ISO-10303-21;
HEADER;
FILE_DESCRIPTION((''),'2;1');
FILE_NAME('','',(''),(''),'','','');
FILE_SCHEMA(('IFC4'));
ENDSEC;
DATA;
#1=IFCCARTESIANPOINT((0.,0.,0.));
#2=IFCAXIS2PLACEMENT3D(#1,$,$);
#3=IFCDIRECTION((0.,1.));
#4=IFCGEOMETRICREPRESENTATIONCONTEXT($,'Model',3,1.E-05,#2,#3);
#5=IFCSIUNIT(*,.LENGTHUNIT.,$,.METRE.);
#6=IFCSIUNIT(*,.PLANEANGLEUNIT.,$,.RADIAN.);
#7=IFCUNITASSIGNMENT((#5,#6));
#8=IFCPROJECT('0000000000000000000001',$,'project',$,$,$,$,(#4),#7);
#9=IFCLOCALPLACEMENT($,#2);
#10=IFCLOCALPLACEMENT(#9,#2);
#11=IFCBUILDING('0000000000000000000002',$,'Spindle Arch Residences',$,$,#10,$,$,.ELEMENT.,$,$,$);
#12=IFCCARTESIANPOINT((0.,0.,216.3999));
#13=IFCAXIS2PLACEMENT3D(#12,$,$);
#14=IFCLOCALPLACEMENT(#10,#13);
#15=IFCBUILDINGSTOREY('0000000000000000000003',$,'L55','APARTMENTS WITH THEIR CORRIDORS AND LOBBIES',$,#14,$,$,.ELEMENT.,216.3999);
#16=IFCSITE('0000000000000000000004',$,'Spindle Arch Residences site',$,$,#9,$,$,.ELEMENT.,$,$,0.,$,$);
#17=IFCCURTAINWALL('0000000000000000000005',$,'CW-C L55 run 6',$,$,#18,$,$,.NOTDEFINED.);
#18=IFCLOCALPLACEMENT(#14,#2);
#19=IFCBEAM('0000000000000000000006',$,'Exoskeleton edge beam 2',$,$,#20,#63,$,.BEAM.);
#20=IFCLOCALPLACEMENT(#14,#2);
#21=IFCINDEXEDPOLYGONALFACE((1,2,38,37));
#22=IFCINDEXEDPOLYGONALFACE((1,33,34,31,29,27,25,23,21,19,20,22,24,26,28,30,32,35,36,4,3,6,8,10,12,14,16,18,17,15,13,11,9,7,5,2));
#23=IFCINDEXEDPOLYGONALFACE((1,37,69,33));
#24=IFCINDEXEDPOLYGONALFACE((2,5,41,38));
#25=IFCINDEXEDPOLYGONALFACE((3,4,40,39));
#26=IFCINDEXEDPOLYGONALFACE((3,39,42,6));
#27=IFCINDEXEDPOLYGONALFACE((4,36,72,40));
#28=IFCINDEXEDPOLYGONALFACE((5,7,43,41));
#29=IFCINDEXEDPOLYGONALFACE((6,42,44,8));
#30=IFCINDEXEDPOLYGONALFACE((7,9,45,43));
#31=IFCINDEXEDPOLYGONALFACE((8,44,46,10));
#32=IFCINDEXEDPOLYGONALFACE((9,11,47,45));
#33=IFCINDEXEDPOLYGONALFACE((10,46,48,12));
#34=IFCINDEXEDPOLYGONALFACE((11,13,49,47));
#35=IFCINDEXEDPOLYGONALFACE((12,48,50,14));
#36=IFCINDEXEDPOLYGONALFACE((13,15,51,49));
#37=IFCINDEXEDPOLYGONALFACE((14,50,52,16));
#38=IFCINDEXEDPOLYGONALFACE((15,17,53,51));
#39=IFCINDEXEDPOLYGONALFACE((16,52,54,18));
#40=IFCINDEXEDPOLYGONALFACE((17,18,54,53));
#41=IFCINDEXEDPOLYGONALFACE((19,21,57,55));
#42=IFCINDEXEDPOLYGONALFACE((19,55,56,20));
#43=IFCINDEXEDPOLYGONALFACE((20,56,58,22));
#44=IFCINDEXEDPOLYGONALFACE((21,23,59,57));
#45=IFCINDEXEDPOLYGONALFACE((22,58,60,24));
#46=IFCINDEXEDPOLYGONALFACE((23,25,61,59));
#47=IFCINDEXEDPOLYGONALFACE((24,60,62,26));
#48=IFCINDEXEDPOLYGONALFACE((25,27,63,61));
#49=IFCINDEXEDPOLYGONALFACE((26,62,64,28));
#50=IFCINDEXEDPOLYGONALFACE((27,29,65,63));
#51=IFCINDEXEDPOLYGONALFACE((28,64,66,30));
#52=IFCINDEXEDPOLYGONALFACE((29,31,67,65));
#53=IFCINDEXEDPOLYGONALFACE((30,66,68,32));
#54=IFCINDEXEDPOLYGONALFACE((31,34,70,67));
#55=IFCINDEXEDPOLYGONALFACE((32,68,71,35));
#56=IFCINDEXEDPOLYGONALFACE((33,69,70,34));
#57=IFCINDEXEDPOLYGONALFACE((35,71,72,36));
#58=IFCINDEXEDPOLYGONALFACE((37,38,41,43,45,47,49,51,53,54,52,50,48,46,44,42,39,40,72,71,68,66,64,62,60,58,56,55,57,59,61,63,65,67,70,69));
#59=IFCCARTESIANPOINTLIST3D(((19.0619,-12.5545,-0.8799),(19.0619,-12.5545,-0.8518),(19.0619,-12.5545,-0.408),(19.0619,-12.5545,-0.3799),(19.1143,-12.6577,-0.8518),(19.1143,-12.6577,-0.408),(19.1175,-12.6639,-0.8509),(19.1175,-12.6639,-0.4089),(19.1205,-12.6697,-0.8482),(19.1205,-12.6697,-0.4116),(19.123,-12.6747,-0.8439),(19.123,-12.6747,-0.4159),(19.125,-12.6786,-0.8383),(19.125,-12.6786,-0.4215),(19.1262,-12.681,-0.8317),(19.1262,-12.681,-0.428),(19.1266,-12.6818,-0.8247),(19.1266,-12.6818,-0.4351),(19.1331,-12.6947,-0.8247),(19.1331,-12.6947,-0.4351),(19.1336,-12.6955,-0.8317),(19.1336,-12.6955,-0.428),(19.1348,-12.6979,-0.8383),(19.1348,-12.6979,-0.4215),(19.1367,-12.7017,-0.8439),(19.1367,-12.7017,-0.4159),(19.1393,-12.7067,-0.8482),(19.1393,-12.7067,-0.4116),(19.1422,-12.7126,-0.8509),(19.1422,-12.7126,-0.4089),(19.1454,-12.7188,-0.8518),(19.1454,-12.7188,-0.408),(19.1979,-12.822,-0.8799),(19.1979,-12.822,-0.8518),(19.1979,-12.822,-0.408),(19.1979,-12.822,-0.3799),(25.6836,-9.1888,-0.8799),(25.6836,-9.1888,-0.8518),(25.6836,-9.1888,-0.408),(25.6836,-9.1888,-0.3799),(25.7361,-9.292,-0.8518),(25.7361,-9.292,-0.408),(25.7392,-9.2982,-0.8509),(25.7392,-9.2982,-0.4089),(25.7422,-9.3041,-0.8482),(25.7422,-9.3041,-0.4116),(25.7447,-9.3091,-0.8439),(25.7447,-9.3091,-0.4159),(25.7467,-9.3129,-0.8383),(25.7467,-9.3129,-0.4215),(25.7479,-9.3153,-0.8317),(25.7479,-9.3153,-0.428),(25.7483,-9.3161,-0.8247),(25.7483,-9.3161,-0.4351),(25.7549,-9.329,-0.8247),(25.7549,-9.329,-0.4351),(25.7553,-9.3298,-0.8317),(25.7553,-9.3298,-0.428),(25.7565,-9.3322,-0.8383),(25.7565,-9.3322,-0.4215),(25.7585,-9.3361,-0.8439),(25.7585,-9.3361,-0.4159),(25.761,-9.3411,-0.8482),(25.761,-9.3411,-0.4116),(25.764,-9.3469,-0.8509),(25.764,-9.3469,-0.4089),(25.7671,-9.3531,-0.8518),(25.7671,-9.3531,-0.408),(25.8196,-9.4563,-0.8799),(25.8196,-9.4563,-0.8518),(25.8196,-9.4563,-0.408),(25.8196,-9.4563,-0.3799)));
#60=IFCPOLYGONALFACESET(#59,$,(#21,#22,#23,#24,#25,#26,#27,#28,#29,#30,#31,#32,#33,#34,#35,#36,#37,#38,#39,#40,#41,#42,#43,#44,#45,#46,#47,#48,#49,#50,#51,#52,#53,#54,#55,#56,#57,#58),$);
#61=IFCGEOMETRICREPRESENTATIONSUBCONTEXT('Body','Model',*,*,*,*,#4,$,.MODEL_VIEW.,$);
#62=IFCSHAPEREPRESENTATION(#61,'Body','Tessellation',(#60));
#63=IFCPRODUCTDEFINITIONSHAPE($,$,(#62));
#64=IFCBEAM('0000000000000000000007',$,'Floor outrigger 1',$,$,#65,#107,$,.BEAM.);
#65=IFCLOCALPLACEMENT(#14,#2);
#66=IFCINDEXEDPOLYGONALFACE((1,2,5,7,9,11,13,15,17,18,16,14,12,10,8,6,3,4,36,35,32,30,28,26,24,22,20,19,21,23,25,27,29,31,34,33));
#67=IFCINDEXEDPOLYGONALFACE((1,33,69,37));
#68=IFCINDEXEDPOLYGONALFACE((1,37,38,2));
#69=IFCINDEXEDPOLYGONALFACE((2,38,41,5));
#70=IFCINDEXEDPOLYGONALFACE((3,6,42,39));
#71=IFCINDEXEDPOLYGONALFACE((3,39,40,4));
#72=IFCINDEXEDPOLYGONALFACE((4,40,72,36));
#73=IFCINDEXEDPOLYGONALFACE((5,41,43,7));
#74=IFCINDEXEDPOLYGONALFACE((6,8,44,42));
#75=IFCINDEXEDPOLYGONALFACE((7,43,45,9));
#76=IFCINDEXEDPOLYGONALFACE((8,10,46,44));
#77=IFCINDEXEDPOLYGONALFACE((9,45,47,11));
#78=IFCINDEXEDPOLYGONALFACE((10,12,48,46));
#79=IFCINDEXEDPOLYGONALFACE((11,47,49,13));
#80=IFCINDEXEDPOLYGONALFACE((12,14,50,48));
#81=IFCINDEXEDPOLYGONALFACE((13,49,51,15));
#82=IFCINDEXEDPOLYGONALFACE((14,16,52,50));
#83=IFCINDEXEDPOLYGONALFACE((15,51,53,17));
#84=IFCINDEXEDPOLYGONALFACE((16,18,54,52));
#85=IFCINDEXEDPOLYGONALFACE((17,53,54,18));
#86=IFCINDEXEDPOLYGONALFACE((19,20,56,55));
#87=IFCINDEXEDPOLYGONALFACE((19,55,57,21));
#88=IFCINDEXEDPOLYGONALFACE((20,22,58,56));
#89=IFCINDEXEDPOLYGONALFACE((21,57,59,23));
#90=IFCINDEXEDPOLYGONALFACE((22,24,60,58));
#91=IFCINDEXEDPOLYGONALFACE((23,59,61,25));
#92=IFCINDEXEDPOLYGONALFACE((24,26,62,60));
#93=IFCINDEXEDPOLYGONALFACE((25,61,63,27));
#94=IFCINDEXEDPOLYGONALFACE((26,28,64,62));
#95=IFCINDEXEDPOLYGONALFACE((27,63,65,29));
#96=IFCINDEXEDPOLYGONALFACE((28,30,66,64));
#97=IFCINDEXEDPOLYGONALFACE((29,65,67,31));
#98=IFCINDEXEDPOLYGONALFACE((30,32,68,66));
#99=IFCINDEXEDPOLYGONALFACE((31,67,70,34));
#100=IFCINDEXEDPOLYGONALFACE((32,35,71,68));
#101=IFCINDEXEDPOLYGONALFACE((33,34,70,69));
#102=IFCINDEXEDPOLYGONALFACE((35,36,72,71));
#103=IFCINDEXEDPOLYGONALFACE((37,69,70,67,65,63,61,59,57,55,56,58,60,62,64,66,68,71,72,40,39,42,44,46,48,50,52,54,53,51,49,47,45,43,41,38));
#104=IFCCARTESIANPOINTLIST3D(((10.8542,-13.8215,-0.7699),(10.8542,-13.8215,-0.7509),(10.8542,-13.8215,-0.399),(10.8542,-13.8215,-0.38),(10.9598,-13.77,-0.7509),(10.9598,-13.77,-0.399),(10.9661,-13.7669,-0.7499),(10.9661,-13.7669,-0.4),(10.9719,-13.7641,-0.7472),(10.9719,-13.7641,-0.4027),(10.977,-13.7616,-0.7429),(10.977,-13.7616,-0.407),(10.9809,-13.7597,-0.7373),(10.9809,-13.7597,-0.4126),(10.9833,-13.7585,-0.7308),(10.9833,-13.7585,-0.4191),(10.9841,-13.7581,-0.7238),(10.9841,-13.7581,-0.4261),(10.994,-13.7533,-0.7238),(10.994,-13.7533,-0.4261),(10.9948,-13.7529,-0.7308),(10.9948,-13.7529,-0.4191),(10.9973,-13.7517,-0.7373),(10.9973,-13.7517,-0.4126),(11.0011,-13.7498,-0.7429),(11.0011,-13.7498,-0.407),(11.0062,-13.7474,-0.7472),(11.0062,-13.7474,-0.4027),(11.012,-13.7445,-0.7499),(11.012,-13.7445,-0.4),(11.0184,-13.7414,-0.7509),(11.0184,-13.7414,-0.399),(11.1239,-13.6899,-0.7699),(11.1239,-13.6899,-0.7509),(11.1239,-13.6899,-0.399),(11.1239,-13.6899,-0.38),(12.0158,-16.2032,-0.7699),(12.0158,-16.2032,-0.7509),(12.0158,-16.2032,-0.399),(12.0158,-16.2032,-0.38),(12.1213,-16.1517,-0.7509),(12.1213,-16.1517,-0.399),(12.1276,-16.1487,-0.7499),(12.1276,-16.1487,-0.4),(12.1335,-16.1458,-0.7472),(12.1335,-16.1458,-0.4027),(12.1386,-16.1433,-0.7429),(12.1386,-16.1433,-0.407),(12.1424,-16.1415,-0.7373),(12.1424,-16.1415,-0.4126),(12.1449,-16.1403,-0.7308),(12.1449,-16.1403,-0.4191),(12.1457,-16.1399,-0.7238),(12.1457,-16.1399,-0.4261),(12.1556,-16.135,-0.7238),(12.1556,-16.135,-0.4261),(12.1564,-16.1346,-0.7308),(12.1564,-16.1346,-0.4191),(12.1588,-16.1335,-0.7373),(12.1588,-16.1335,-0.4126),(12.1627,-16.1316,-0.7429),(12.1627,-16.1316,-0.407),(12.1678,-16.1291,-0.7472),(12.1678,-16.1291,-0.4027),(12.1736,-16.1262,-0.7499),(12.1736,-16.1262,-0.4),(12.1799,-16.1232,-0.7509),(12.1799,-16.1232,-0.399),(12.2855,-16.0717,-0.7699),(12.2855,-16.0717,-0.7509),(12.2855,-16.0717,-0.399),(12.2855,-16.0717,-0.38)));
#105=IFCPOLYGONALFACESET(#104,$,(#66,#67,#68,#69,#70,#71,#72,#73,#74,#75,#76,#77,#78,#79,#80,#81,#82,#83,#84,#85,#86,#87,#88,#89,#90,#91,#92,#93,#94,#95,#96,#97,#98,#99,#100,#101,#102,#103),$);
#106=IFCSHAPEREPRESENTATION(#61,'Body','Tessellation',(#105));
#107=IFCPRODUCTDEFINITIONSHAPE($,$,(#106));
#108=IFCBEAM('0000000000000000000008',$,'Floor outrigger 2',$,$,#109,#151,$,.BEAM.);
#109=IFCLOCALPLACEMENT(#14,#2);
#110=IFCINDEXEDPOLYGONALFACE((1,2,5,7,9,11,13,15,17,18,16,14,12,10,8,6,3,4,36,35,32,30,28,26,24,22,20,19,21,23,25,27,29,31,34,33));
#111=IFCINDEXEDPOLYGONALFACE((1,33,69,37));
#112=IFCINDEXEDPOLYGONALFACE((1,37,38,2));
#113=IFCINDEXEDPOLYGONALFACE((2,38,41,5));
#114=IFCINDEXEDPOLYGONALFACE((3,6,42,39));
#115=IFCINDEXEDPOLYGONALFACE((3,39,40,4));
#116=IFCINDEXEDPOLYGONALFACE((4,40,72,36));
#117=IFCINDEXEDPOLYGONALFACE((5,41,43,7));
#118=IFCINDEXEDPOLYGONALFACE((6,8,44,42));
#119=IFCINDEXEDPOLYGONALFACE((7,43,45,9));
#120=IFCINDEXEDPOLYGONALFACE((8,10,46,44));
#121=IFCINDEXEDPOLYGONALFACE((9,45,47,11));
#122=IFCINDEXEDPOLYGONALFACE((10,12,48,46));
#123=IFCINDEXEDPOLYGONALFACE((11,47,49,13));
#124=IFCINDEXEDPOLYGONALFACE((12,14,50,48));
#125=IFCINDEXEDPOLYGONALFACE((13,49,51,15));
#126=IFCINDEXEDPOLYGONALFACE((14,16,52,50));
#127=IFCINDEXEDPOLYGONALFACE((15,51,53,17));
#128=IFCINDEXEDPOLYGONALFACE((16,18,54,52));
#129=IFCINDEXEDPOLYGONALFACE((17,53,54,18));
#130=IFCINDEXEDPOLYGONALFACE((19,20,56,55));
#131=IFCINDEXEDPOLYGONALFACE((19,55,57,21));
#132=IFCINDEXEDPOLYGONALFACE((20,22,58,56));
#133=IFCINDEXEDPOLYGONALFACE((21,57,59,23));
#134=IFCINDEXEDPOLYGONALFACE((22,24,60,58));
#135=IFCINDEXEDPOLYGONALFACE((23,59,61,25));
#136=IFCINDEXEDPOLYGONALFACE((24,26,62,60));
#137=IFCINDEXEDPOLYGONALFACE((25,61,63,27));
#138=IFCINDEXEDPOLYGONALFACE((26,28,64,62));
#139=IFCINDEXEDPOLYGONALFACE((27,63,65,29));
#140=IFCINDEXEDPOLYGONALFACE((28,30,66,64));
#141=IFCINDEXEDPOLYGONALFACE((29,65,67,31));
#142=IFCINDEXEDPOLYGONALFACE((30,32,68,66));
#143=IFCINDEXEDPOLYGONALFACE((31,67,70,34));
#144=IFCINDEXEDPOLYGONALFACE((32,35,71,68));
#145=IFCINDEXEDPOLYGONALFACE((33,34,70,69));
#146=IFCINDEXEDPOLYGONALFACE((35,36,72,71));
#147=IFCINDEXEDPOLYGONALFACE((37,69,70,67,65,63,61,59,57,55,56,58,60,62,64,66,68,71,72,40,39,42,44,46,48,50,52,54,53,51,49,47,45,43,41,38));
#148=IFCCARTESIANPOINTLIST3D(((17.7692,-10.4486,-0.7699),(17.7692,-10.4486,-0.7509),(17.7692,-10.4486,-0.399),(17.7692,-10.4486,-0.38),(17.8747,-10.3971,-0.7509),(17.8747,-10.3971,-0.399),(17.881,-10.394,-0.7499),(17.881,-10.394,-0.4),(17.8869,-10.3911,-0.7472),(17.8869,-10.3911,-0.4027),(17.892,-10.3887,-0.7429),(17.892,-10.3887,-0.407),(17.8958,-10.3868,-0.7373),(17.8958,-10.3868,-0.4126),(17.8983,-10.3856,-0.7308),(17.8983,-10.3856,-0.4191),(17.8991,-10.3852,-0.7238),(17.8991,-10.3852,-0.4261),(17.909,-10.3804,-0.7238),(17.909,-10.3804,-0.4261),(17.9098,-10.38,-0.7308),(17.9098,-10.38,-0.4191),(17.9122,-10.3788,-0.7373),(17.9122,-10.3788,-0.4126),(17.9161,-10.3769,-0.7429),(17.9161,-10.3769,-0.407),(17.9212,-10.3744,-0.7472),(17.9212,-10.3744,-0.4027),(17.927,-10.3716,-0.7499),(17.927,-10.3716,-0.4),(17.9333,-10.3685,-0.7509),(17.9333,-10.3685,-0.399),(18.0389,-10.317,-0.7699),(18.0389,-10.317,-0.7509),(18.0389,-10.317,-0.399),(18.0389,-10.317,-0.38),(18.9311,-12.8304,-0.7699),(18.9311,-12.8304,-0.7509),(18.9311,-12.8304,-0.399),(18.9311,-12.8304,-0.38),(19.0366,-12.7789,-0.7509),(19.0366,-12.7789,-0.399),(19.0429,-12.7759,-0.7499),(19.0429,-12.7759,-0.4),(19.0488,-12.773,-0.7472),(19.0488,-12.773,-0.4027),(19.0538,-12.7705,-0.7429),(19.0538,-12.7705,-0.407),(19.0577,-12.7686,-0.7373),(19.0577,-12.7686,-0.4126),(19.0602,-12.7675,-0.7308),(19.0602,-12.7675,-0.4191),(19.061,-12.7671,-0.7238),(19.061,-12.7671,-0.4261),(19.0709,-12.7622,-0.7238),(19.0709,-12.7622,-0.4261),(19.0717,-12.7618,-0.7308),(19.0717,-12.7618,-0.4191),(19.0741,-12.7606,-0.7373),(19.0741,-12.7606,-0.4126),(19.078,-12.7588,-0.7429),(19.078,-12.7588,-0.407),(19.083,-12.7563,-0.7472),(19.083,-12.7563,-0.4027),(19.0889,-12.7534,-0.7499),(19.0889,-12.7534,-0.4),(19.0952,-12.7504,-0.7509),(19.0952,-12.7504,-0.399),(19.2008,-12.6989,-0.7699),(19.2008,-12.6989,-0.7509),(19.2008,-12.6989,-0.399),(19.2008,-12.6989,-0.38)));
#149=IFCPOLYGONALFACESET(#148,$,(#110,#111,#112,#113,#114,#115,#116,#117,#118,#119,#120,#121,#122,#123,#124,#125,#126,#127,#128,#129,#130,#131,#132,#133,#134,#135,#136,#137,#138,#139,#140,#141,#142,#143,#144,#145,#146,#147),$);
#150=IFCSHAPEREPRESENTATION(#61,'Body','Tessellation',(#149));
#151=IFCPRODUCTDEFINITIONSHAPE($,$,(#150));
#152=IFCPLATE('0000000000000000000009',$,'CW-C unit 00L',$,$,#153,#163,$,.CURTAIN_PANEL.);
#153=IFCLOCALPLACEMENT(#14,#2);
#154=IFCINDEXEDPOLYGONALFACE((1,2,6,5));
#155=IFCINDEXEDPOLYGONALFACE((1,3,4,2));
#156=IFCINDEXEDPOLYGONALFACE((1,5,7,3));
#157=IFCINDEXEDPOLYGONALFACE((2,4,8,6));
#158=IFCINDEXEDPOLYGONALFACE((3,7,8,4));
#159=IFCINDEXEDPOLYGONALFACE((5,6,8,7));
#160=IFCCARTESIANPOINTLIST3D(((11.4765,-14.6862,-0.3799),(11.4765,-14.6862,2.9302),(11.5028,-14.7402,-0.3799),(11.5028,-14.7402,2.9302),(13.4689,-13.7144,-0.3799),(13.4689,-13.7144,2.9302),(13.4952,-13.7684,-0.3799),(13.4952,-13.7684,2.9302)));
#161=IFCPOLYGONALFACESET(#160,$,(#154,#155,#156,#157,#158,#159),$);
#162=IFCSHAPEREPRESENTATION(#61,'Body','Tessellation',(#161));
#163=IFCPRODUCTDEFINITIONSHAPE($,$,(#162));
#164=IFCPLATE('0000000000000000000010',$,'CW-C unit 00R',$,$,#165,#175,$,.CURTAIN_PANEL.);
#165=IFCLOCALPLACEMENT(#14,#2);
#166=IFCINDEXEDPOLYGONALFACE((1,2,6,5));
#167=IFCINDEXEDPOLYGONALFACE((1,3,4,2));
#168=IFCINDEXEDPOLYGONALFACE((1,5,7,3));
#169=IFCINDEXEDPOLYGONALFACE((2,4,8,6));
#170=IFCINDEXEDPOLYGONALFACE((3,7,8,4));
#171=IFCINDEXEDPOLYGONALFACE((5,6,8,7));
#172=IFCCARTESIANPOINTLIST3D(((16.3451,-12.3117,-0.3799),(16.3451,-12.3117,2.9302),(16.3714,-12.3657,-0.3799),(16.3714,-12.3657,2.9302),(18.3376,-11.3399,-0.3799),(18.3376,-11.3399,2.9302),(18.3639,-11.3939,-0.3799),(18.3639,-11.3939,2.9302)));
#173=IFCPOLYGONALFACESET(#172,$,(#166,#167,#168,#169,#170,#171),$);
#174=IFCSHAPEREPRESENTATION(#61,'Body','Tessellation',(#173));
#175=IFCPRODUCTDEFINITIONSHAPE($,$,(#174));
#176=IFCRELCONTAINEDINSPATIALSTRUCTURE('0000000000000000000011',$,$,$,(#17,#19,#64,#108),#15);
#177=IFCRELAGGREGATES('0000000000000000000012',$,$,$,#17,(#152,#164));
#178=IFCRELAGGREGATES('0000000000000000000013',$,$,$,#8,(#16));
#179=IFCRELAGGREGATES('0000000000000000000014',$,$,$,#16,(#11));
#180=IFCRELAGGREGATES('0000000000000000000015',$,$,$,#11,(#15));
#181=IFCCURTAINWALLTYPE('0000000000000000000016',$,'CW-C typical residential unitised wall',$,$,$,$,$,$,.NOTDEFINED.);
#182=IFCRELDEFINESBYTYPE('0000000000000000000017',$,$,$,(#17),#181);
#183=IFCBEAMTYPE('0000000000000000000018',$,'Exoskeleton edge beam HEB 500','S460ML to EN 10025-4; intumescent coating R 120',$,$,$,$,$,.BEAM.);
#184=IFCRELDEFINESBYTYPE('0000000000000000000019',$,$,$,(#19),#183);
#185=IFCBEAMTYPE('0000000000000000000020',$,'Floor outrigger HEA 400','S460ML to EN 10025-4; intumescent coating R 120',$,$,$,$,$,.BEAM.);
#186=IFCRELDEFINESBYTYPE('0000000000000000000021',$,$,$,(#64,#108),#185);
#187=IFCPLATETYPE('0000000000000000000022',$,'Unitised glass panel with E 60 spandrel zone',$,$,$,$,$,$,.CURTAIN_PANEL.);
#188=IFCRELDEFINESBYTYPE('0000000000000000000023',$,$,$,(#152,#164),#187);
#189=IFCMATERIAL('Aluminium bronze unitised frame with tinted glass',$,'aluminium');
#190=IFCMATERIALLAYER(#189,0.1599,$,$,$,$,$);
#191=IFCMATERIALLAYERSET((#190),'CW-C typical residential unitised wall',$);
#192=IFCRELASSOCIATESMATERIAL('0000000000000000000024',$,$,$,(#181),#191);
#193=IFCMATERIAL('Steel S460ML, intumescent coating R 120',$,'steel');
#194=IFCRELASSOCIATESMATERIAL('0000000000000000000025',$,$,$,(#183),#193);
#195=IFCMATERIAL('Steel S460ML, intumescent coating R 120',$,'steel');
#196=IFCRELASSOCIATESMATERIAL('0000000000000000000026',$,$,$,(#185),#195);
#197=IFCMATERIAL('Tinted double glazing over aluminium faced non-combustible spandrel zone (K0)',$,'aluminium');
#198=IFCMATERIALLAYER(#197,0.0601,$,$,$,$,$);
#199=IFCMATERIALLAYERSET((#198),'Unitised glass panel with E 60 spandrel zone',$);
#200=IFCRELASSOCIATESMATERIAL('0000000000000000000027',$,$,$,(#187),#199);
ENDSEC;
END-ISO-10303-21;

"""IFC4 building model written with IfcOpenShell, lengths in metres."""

from ifc_helpers import new_model, si_unit, direction, frame, origin, origin_2d, place, context, subcontext, project, spatial, rectangle, i_section, extrude, material, layer, layer_set, material_profile, profile_set, type_object, element, aggregate, save


model = new_model("IFC4")

# Units and contexts
model_context = context("Model", 3, precision=1e-05, world=origin(), true_north=direction((0.0, 1.0)))
body_context = subcontext(model_context, "Body", "Model", "MODEL_VIEW")
ifc_project = project(units=[si_unit("LENGTHUNIT", "METRE"), si_unit("PLANEANGLEUNIT", "RADIAN")], contexts=[model_context])

# Site, building, storey
site_placement = place(None, origin())
site = spatial("IfcSite", under=ifc_project, at=site_placement, Name="Spindle Arch Residences site", CompositionType="ELEMENT", RefElevation=0.0)
building_placement = place(site_placement, origin())
building = spatial("IfcBuilding", under=site, at=building_placement, Name="Spindle Arch Residences", CompositionType="ELEMENT")
storey_placement = place(building_placement, frame((0.0, 0.0, 216.3999)))
storey = spatial("IfcBuildingStorey", under=building, at=storey_placement, Name="L55", Description="APARTMENTS WITH THEIR CORRIDORS AND LOBBIES", CompositionType="ELEMENT", Elevation=216.3999)

# Curtain wall
ifc_material_1 = material(Name="Aluminium bronze unitised frame with tinted glass", Category="aluminium")
ifc_layer_1 = layer(ifc_material_1, 0.1599)
ifc_layer_set_1 = layer_set([ifc_layer_1], Name="CW-C typical residential unitised wall")
curtain_wall_type_1 = type_object("IfcCurtainWallType", Name="CW-C typical residential unitised wall", PredefinedType="NOTDEFINED", material=ifc_layer_set_1)
curtain_wall_1_placement = place(storey_placement, origin())
curtain_wall_1 = element("IfcCurtainWall", 1, at=curtain_wall_1_placement, inside=storey, type_object=curtain_wall_type_1, Name="CW-C L55 run 6", PredefinedType="NOTDEFINED")

# Beams
ifc_material_2 = material(Name="Steel S460ML, intumescent coating R 120", Category="steel")
ifc_material_profile_1 = material_profile(ifc_material_2, i_section(OverallWidth=0.3, OverallDepth=0.5, WebThickness=0.0144, FlangeThickness=0.0281, FilletRadius=0.0271, at=origin_2d()), Name="HEB 500")
ifc_profile_set_1 = profile_set([ifc_material_profile_1], Name="Steel S460ML, intumescent coating R 120")
beam_type_1 = type_object("IfcBeamType", Name="Exoskeleton edge beam HEB 500", Description="S460ML to EN 10025-4; intumescent coating R 120", PredefinedType="BEAM", material=ifc_profile_set_1)
beam_1_placement = place(storey_placement, frame((19.1299, -12.6882, -0.6299), z_axis=(0.891456, 0.453107, 0.0), x_axis=(-0.453107, 0.891456, 0.0)))
element("IfcBeam", 2, at=beam_1_placement, inside=storey, type_object=beam_type_1, Name="Exoskeleton edge beam 2", PredefinedType="BEAM", context=body_context, shape_type="SweptSolid", body=[
    extrude(i_section(OverallWidth=0.3, OverallDepth=0.5, WebThickness=0.0144, FlangeThickness=0.0281, FilletRadius=0.0271, at=origin_2d()), origin(), (0.0, 0.0, 1.0), 7.428),
])
ifc_material_3 = material(Name="Steel S460ML, intumescent coating R 120", Category="steel")
ifc_material_profile_2 = material_profile(ifc_material_3, i_section(OverallWidth=0.3, OverallDepth=0.3899, WebThickness=0.011, FlangeThickness=0.019, FilletRadius=0.0271, at=origin_2d()), Name="HEA 400")
ifc_profile_set_2 = profile_set([ifc_material_profile_2], Name="Steel S460ML, intumescent coating R 120")
beam_type_2 = type_object("IfcBeamType", Name="Floor outrigger HEA 400", Description="S460ML to EN 10025-4; intumescent coating R 120", PredefinedType="BEAM", material=ifc_profile_set_2)
beam_2_placement = place(storey_placement, frame((12.1506, -16.1375, -0.575), z_axis=(-0.438347, 0.898806, 0.0), x_axis=(-0.898806, -0.438347, 0.0)))
element("IfcBeam", 3, at=beam_2_placement, inside=storey, type_object=beam_type_2, Name="Floor outrigger 1", PredefinedType="BEAM", context=body_context, shape_type="SweptSolid", body=[
    extrude(i_section(OverallWidth=0.3, OverallDepth=0.3899, WebThickness=0.011, FlangeThickness=0.019, FilletRadius=0.0271, at=origin_2d()), origin(), (0.0, 0.0, 1.0), 2.6499),
])
beam_3_placement = place(storey_placement, frame((19.0659, -12.7646, -0.575), z_axis=(-0.438422, 0.898769, 0.0), x_axis=(-0.898769, -0.438422, 0.0)))
element("IfcBeam", 4, at=beam_3_placement, inside=storey, type_object=beam_type_2, Name="Floor outrigger 2", PredefinedType="BEAM", context=body_context, shape_type="SweptSolid", body=[
    extrude(i_section(OverallWidth=0.3, OverallDepth=0.3899, WebThickness=0.011, FlangeThickness=0.019, FilletRadius=0.0271, at=origin_2d()), origin(), (0.0, 0.0, 1.0), 2.6501),
])

# Plates
ifc_material_4 = material(Name="Tinted double glazing over aluminium faced non-combustible spandrel zone (K0)", Category="aluminium")
ifc_layer_2 = layer(ifc_material_4, 0.0601)
ifc_layer_set_2 = layer_set([ifc_layer_2], Name="Unitised glass panel with E 60 spandrel zone")
plate_type = type_object("IfcPlateType", Name="Unitised glass panel with E 60 spandrel zone", PredefinedType="CURTAIN_PANEL", material=ifc_layer_set_2)
plate_1_placement = place(storey_placement, frame((12.4858, -14.2273, -0.3799), z_axis=(0.0, 0.0, 1.0), x_axis=(0.898794, 0.438371, 0.0)))
plate_1 = element("IfcPlate", 5, at=plate_1_placement, type_object=plate_type, Name="CW-C unit 00L", PredefinedType="CURTAIN_PANEL", context=body_context, shape_type="SweptSolid", body=[
    extrude(rectangle(XDim=2.2168, YDim=0.0601, at=origin_2d()), origin(), (0.0, 0.0, 1.0), 3.3101),
])
plate_2_placement = place(storey_placement, frame((17.3545, -11.8528, -0.3799), z_axis=(0.0, 0.0, 1.0), x_axis=(0.898794, 0.438371, 0.0)))
plate_2 = element("IfcPlate", 6, at=plate_2_placement, type_object=plate_type, Name="CW-C unit 00R", PredefinedType="CURTAIN_PANEL", context=body_context, shape_type="SweptSolid", body=[
    extrude(rectangle(XDim=2.2168, YDim=0.0601, at=origin_2d()), origin(), (0.0, 0.0, 1.0), 3.3101),
])
aggregate(curtain_wall_1, [plate_1, plate_2])

save(model, "model.ifc")
